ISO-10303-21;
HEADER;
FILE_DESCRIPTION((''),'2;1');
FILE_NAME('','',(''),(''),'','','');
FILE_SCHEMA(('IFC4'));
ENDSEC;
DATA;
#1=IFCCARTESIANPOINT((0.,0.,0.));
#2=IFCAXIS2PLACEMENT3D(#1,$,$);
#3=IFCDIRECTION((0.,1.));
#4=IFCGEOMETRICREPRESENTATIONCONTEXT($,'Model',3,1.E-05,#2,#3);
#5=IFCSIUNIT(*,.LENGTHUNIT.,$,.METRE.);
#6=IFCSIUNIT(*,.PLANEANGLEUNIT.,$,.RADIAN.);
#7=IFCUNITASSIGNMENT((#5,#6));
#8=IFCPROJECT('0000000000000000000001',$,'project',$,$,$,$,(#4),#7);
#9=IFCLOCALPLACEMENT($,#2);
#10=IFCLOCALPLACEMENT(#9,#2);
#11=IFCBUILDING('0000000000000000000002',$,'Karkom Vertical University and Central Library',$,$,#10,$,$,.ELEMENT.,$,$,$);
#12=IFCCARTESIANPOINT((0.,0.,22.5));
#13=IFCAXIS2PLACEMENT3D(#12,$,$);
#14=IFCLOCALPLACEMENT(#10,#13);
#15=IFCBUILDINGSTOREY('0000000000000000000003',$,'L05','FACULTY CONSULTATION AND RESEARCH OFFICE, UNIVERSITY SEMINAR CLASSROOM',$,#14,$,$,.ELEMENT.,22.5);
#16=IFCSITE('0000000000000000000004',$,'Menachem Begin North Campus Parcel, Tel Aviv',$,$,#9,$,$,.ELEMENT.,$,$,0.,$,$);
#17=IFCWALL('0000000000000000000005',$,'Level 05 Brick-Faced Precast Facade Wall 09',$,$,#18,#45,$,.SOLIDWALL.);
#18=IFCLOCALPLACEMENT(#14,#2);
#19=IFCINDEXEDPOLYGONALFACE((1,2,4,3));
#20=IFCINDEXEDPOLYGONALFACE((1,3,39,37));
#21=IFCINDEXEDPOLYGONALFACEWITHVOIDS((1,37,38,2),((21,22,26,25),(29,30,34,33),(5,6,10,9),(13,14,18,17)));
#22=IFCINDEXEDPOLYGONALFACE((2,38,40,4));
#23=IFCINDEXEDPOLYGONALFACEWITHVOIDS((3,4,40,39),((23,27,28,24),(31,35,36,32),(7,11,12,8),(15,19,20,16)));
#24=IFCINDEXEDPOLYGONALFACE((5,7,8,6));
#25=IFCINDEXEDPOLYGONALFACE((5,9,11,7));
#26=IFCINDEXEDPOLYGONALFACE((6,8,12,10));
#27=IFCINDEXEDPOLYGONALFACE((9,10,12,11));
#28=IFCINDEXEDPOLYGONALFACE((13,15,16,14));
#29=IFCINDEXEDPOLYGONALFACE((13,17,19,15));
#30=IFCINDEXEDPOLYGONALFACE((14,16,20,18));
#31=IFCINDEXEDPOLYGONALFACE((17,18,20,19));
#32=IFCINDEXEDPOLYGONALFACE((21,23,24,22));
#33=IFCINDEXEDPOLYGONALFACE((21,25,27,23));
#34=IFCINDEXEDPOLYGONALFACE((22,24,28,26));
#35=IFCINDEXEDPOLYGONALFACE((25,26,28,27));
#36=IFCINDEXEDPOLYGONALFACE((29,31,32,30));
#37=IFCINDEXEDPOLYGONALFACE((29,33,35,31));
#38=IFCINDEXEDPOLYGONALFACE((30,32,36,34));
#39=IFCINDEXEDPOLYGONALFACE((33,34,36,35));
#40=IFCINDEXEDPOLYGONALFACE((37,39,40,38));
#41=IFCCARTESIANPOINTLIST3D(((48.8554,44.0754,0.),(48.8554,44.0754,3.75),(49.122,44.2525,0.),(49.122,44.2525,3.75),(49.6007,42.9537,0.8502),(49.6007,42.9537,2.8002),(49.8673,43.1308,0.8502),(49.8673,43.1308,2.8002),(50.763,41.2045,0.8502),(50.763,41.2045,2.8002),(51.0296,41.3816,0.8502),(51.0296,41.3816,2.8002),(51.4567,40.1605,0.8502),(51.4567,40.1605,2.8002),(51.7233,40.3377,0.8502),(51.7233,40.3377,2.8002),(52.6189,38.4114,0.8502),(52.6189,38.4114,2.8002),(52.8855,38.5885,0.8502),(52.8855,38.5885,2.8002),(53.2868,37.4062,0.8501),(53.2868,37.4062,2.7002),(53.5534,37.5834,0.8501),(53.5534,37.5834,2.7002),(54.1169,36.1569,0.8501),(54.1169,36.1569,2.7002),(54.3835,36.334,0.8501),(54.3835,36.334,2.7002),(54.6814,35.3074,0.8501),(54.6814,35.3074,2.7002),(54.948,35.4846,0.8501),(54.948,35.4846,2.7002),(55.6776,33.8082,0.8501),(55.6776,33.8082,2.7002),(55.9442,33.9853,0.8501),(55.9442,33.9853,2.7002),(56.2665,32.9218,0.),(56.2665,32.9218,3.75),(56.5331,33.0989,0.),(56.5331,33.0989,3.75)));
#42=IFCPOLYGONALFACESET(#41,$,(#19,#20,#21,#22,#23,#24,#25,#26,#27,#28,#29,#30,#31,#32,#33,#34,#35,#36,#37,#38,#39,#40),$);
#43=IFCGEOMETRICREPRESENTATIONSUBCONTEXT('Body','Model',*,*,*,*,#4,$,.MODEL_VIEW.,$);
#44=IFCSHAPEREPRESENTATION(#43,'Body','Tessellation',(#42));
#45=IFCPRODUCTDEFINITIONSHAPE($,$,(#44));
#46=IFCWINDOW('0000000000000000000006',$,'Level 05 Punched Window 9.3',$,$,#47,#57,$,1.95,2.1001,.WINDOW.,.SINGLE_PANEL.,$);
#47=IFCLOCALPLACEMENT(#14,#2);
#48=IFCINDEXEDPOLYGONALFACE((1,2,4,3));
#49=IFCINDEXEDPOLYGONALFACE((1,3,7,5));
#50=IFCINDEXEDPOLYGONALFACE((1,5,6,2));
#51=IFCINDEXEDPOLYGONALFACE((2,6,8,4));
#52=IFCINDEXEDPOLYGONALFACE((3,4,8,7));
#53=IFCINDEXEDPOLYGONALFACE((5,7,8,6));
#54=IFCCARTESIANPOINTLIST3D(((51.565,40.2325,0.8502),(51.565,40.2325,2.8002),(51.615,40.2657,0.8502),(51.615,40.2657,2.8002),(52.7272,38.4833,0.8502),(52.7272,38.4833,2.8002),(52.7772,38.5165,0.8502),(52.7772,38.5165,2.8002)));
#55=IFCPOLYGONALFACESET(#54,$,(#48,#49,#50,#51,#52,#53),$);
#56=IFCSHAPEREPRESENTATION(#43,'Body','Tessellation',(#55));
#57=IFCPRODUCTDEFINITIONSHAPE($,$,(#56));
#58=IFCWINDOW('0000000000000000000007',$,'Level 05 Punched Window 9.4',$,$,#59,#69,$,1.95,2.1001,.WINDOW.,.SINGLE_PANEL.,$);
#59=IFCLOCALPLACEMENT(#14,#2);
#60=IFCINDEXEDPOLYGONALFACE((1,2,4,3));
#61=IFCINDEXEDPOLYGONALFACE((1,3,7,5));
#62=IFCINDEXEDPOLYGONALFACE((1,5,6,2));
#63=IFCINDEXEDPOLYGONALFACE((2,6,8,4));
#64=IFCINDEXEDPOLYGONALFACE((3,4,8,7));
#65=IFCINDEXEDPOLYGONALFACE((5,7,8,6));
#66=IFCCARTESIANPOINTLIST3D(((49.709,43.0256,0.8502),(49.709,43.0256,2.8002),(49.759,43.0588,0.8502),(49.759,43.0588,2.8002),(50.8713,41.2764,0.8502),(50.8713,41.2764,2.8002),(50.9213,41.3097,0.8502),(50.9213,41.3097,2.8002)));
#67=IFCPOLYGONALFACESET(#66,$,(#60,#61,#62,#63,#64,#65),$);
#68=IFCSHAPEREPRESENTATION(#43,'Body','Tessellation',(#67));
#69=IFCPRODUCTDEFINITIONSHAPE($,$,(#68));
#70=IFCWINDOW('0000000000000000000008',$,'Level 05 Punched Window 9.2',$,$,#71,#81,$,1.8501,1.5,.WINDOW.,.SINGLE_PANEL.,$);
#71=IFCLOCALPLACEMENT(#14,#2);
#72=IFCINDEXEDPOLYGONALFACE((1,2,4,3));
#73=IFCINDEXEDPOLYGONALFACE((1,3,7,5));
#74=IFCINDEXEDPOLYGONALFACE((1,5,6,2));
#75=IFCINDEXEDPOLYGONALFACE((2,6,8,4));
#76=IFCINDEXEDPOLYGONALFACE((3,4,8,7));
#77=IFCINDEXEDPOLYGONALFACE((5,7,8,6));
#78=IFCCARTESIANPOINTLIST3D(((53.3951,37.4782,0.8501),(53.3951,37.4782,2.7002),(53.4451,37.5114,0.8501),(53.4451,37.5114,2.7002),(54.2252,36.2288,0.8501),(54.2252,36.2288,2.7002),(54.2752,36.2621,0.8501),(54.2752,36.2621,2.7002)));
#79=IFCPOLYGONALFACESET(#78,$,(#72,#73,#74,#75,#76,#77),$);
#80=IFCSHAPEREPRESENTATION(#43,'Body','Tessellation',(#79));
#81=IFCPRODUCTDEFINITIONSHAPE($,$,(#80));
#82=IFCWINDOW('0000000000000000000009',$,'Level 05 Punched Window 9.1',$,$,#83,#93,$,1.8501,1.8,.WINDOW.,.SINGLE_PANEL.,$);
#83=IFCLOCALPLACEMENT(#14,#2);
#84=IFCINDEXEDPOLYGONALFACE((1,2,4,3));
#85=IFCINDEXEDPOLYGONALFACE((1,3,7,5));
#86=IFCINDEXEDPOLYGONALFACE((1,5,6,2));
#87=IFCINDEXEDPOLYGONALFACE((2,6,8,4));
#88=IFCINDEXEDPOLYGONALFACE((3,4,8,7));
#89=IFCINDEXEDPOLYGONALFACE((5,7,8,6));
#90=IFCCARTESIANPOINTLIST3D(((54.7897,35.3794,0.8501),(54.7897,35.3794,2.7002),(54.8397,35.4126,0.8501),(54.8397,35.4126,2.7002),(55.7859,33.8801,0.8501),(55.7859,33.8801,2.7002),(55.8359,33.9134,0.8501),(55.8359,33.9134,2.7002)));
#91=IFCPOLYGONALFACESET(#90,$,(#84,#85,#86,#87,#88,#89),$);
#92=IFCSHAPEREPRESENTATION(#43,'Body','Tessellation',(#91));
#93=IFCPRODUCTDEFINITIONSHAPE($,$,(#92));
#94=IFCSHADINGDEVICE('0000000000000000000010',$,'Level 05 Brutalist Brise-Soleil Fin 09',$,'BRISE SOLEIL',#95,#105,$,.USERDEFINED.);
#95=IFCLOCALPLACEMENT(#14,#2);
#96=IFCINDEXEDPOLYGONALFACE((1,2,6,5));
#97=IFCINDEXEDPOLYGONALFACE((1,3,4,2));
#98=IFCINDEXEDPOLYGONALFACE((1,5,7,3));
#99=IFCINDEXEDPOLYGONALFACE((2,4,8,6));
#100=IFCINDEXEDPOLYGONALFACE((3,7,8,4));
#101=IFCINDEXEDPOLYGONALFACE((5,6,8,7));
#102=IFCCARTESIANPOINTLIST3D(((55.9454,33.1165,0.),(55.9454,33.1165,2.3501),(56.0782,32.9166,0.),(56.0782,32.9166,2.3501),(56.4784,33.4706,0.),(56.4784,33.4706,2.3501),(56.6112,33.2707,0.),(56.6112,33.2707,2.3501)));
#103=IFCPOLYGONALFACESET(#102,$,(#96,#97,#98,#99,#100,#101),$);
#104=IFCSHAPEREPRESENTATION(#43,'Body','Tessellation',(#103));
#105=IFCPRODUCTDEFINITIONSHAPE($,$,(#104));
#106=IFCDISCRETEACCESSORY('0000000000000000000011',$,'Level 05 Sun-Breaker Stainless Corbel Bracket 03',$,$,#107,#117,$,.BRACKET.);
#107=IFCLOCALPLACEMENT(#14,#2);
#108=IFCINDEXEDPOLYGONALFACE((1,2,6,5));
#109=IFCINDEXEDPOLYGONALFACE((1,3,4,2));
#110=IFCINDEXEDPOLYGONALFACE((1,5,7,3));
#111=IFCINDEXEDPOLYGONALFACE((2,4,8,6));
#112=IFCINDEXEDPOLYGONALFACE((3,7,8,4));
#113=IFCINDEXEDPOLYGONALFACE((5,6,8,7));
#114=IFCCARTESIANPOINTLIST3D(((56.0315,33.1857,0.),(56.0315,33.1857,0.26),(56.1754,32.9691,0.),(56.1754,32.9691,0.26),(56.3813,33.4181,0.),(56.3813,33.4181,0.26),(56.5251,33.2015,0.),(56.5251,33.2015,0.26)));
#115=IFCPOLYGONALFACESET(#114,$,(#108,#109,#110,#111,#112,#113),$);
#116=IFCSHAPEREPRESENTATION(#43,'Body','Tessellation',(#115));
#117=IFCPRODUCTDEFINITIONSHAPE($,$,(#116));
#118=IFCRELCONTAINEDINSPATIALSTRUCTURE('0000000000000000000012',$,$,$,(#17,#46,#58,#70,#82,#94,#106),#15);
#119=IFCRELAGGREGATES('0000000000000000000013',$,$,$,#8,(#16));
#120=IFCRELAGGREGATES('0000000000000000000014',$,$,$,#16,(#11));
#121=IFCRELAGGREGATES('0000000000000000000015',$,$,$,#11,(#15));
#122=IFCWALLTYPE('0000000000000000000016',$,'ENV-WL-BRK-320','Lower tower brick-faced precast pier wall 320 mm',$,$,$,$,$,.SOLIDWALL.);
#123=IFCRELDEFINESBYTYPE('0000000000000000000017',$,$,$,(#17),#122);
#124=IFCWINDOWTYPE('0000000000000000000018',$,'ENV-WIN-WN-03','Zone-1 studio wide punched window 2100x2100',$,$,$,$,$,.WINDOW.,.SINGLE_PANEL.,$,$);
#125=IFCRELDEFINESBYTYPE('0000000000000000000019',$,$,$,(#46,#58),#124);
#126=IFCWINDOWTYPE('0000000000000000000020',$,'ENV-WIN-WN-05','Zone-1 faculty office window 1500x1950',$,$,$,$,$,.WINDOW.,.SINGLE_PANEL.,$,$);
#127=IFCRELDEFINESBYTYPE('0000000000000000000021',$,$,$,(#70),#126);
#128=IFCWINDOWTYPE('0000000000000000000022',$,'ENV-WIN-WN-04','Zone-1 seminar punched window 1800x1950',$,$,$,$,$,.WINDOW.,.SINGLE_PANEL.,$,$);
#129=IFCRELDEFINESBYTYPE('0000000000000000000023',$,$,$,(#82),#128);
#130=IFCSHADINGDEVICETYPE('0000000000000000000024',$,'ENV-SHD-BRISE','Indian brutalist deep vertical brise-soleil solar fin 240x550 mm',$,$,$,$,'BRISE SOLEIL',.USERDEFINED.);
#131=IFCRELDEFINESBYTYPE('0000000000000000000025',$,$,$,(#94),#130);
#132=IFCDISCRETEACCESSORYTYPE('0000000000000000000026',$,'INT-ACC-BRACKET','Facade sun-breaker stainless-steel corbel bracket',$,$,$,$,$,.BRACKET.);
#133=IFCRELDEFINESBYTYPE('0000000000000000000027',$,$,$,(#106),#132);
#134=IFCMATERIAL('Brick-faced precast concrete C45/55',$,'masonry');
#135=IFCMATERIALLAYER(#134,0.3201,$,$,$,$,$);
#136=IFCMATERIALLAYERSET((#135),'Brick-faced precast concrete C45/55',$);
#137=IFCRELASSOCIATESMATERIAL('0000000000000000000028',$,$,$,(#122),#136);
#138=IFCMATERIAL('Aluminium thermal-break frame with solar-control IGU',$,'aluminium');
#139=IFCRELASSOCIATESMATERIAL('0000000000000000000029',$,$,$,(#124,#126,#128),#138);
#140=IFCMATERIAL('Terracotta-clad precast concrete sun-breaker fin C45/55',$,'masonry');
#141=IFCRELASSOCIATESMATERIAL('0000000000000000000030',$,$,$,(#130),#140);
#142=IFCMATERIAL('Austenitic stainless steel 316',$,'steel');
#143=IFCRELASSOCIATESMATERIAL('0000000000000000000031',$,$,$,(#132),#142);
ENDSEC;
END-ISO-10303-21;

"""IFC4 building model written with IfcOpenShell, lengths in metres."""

from ifc_helpers import new_model, si_unit, direction, frame, frame_2d, origin, origin_with_axes, origin_2d, place, context, subcontext, project, spatial, rectangle, extrude, source, transform, mapped, material, layer, layer_set, type_object, element, fill, save


model = new_model("IFC4")

# Units and contexts
model_context = context("Model", 3, precision=1e-05, world=origin(), true_north=direction((0.0, 1.0)))
body_context = subcontext(model_context, "Body", "Model", "MODEL_VIEW")
ifc_project = project(units=[si_unit("LENGTHUNIT", "METRE"), si_unit("PLANEANGLEUNIT", "RADIAN")], contexts=[model_context])

# Site, building, storey
site_placement = place(None, origin())
site = spatial("IfcSite", under=ifc_project, at=site_placement, Name="Menachem Begin North Campus Parcel, Tel Aviv", CompositionType="ELEMENT", RefElevation=0.0)
building_placement = place(site_placement, origin())
building = spatial("IfcBuilding", under=site, at=building_placement, Name="Karkom Vertical University and Central Library", CompositionType="ELEMENT")
storey_placement = place(building_placement, frame((0.0, 0.0, 22.5)))
storey = spatial("IfcBuildingStorey", under=building, at=storey_placement, Name="L05", Description="FACULTY CONSULTATION AND RESEARCH OFFICE, UNIVERSITY SEMINAR CLASSROOM", CompositionType="ELEMENT", Elevation=22.5)

# Wall, openings, windows
ifc_material_1 = material(Name="Brick-faced precast concrete C45/55", Category="masonry")
ifc_layer_1 = layer(ifc_material_1, 0.3201)
ifc_layer_set_1 = layer_set([ifc_layer_1], Name="Brick-faced precast concrete C45/55")
wall_type = type_object("IfcWallType", Name="ENV-WL-BRK-320", Description="Lower tower brick-faced precast pier wall 320 mm", PredefinedType="SOLIDWALL", material=ifc_layer_set_1)
ifc_material_2 = material(Name="Aluminium thermal-break frame with solar-control IGU", Category="aluminium")
window_type_1 = type_object("IfcWindowType", Name="ENV-WIN-WN-03", Description="Zone-1 studio wide punched window 2100x2100", PartitioningType="SINGLE_PANEL", PredefinedType="WINDOW", material=ifc_material_2)
shared_shape_1 = source(origin_with_axes(), body_context, "Body", "SweptSolid", [
    extrude(rectangle(XDim=2.1001, YDim=1.95, at=frame_2d((1.05, 0.9751))), frame((0.0, 0.03, 0.0), z_axis=(0.0, -1.0, 0.0), x_axis=(1.0, 0.0, 0.0)), (0.0, 0.0, 1.0), 0.0601),
])
window_type_2 = type_object("IfcWindowType", Name="ENV-WIN-WN-05", Description="Zone-1 faculty office window 1500x1950", PartitioningType="SINGLE_PANEL", PredefinedType="WINDOW", material=ifc_material_2)
shared_shape_2 = source(origin_with_axes(), body_context, "Body", "SweptSolid", [
    extrude(rectangle(XDim=1.5, YDim=1.8501, at=frame_2d((0.75, 0.925))), frame((0.0, 0.03, 0.0), z_axis=(0.0, -1.0, 0.0), x_axis=(1.0, 0.0, 0.0)), (0.0, 0.0, 1.0), 0.0601),
])
window_type_3 = type_object("IfcWindowType", Name="ENV-WIN-WN-04", Description="Zone-1 seminar punched window 1800x1950", PartitioningType="SINGLE_PANEL", PredefinedType="WINDOW", material=ifc_material_2)
shared_shape_3 = source(origin_with_axes(), body_context, "Body", "SweptSolid", [
    extrude(rectangle(XDim=1.8, YDim=1.8501, at=frame_2d((0.8999, 0.925))), frame((0.0, 0.03, 0.0), z_axis=(0.0, -1.0, 0.0), x_axis=(1.0, 0.0, 0.0)), (0.0, 0.0, 1.0), 0.0601),
])
wall_1_placement = place(storey_placement, frame((56.3999, 33.0103, 0.0), z_axis=(0.0, 0.0, 1.0), x_axis=(-0.553429, 0.832896, 0.0)))
wall_1 = element("IfcWall", 1, at=wall_1_placement, inside=storey, type_object=wall_type, Name="Level 05 Brick-Faced Precast Facade Wall 09", PredefinedType="SOLIDWALL", context=body_context, shape_type="SweptSolid", body=[
    extrude(rectangle(XDim=13.3914, YDim=0.3201, at=frame_2d((6.6958, 0.0))), origin(), (0.0, 0.0, 1.0), 3.75),
])
opening_1_placement = place(wall_1_placement, frame((1.0645, 0.0, 0.8501)))
opening_1 = element("IfcOpeningElement", 2, at=opening_1_placement, cuts=wall_1, PredefinedType="OPENING", context=body_context, shape_type="SweptSolid", body=[
    extrude(rectangle(XDim=1.8, YDim=1.8501, at=frame_2d((0.8999, 0.925))), frame((0.0, 0.1699, 0.0), z_axis=(0.0, -1.0, 0.0), x_axis=(1.0, 0.0, 0.0)), (0.0, 0.0, 1.0), 0.3401),
])
opening_2_placement = place(wall_1_placement, frame((3.8843, 0.0, 0.8501)))
opening_2 = element("IfcOpeningElement", 3, at=opening_2_placement, cuts=wall_1, PredefinedType="OPENING", context=body_context, shape_type="SweptSolid", body=[
    extrude(rectangle(XDim=1.5, YDim=1.8501, at=frame_2d((0.75, 0.925))), frame((0.0, 0.1699, 0.0), z_axis=(0.0, -1.0, 0.0), x_axis=(1.0, 0.0, 0.0)), (0.0, 0.0, 1.0), 0.3401),
])
opening_3_placement = place(wall_1_placement, frame((6.5911, 0.0, 0.8501)))
opening_3 = element("IfcOpeningElement", 4, at=opening_3_placement, cuts=wall_1, PredefinedType="OPENING", context=body_context, shape_type="SweptSolid", body=[
    extrude(rectangle(XDim=2.1001, YDim=1.95, at=frame_2d((1.05, 0.9751))), frame((0.0, 0.1699, 0.0), z_axis=(0.0, -1.0, 0.0), x_axis=(1.0, 0.0, 0.0)), (0.0, 0.0, 1.0), 0.3401),
])
opening_4_placement = place(wall_1_placement, frame((9.9446, 0.0, 0.8501)))
opening_4 = element("IfcOpeningElement", 5, at=opening_4_placement, cuts=wall_1, PredefinedType="OPENING", context=body_context, shape_type="SweptSolid", body=[
    extrude(rectangle(XDim=2.1001, YDim=1.95, at=frame_2d((1.05, 0.9751))), frame((0.0, 0.1699, 0.0), z_axis=(0.0, -1.0, 0.0), x_axis=(1.0, 0.0, 0.0)), (0.0, 0.0, 1.0), 0.3401),
])
window_1_placement = place(opening_3_placement, origin())
window_1 = element("IfcWindow", 6, at=window_1_placement, inside=storey, type_object=window_type_1, Name="Level 05 Punched Window 9.3", OverallHeight=1.95, OverallWidth=2.1001, PartitioningType="SINGLE_PANEL", PredefinedType="WINDOW", context=body_context, shape_type="MappedRepresentation", body=[
    mapped(shared_shape_1, transform((0.0, 0.0, 0.0), scale=1.0)),
])
fill(opening_3, window_1)
window_2_placement = place(opening_4_placement, origin())
window_2 = element("IfcWindow", 7, at=window_2_placement, inside=storey, type_object=window_type_1, Name="Level 05 Punched Window 9.4", OverallHeight=1.95, OverallWidth=2.1001, PartitioningType="SINGLE_PANEL", PredefinedType="WINDOW", context=body_context, shape_type="MappedRepresentation", body=[
    mapped(shared_shape_1, transform((0.0, 0.0, 0.0), scale=1.0)),
])
fill(opening_4, window_2)
window_3_placement = place(opening_2_placement, origin())
window_3 = element("IfcWindow", 8, at=window_3_placement, inside=storey, type_object=window_type_2, Name="Level 05 Punched Window 9.2", OverallHeight=1.8501, OverallWidth=1.5, PartitioningType="SINGLE_PANEL", PredefinedType="WINDOW", context=body_context, shape_type="MappedRepresentation", body=[
    mapped(shared_shape_2, transform((0.0, 0.0, 0.0), scale=1.0)),
])
fill(opening_2, window_3)
window_4_placement = place(opening_1_placement, origin())
window_4 = element("IfcWindow", 9, at=window_4_placement, inside=storey, type_object=window_type_3, Name="Level 05 Punched Window 9.1", OverallHeight=1.8501, OverallWidth=1.8, PartitioningType="SINGLE_PANEL", PredefinedType="WINDOW", context=body_context, shape_type="MappedRepresentation", body=[
    mapped(shared_shape_3, transform((0.0, 0.0, 0.0), scale=1.0)),
])
fill(opening_1, window_4)

# Shading device
ifc_material_3 = material(Name="Terracotta-clad precast concrete sun-breaker fin C45/55", Category="masonry")
shading_device_type = type_object("IfcShadingDeviceType", Name="ENV-SHD-BRISE", Description="Indian brutalist deep vertical brise-soleil solar fin 240x550 mm", ElementType="BRISE SOLEIL", PredefinedType="USERDEFINED", material=ifc_material_3)
shared_shape_4 = source(origin_with_axes(), body_context, "Body", "SweptSolid", [
    extrude(rectangle(XDim=0.24, YDim=0.6399, at=origin_2d()), origin(), (0.0, 0.0, 1.0), 2.3501),
])
shading_device_placement = place(storey_placement, frame((56.2783, 33.1936, 0.0), z_axis=(0.0, 0.0, 1.0), x_axis=(-0.553392, 0.832921, 0.0)))
element("IfcShadingDevice", 10, at=shading_device_placement, inside=storey, type_object=shading_device_type, Name="Level 05 Brutalist Brise-Soleil Fin 09", ObjectType="BRISE SOLEIL", PredefinedType="USERDEFINED", context=body_context, shape_type="MappedRepresentation", body=[
    mapped(shared_shape_4, transform((0.0, 0.0, 0.0), scale=1.0)),
])

# Discrete accessory
ifc_material_4 = material(Name="Austenitic stainless steel 316", Category="steel")
discrete_accessory_type = type_object("IfcDiscreteAccessoryType", Name="INT-ACC-BRACKET", Description="Facade sun-breaker stainless-steel corbel bracket", PredefinedType="BRACKET", material=ifc_material_4)
shared_shape_5 = source(origin_with_axes(), body_context, "Body", "SweptSolid", [
    extrude(rectangle(XDim=0.26, YDim=0.4199, at=origin_2d()), origin(), (0.0, 0.0, 1.0), 0.26),
])
discrete_accessory_placement = place(storey_placement, frame((56.2783, 33.1936, 0.0), z_axis=(0.0, 0.0, 1.0), x_axis=(-0.553392, 0.832921, 0.0)))
element("IfcDiscreteAccessory", 11, at=discrete_accessory_placement, inside=storey, type_object=discrete_accessory_type, Name="Level 05 Sun-Breaker Stainless Corbel Bracket 03", PredefinedType="BRACKET", context=body_context, shape_type="MappedRepresentation", body=[
    mapped(shared_shape_5, transform((0.0, 0.0, 0.0), scale=1.0)),
])

save(model, "model.ifc")
